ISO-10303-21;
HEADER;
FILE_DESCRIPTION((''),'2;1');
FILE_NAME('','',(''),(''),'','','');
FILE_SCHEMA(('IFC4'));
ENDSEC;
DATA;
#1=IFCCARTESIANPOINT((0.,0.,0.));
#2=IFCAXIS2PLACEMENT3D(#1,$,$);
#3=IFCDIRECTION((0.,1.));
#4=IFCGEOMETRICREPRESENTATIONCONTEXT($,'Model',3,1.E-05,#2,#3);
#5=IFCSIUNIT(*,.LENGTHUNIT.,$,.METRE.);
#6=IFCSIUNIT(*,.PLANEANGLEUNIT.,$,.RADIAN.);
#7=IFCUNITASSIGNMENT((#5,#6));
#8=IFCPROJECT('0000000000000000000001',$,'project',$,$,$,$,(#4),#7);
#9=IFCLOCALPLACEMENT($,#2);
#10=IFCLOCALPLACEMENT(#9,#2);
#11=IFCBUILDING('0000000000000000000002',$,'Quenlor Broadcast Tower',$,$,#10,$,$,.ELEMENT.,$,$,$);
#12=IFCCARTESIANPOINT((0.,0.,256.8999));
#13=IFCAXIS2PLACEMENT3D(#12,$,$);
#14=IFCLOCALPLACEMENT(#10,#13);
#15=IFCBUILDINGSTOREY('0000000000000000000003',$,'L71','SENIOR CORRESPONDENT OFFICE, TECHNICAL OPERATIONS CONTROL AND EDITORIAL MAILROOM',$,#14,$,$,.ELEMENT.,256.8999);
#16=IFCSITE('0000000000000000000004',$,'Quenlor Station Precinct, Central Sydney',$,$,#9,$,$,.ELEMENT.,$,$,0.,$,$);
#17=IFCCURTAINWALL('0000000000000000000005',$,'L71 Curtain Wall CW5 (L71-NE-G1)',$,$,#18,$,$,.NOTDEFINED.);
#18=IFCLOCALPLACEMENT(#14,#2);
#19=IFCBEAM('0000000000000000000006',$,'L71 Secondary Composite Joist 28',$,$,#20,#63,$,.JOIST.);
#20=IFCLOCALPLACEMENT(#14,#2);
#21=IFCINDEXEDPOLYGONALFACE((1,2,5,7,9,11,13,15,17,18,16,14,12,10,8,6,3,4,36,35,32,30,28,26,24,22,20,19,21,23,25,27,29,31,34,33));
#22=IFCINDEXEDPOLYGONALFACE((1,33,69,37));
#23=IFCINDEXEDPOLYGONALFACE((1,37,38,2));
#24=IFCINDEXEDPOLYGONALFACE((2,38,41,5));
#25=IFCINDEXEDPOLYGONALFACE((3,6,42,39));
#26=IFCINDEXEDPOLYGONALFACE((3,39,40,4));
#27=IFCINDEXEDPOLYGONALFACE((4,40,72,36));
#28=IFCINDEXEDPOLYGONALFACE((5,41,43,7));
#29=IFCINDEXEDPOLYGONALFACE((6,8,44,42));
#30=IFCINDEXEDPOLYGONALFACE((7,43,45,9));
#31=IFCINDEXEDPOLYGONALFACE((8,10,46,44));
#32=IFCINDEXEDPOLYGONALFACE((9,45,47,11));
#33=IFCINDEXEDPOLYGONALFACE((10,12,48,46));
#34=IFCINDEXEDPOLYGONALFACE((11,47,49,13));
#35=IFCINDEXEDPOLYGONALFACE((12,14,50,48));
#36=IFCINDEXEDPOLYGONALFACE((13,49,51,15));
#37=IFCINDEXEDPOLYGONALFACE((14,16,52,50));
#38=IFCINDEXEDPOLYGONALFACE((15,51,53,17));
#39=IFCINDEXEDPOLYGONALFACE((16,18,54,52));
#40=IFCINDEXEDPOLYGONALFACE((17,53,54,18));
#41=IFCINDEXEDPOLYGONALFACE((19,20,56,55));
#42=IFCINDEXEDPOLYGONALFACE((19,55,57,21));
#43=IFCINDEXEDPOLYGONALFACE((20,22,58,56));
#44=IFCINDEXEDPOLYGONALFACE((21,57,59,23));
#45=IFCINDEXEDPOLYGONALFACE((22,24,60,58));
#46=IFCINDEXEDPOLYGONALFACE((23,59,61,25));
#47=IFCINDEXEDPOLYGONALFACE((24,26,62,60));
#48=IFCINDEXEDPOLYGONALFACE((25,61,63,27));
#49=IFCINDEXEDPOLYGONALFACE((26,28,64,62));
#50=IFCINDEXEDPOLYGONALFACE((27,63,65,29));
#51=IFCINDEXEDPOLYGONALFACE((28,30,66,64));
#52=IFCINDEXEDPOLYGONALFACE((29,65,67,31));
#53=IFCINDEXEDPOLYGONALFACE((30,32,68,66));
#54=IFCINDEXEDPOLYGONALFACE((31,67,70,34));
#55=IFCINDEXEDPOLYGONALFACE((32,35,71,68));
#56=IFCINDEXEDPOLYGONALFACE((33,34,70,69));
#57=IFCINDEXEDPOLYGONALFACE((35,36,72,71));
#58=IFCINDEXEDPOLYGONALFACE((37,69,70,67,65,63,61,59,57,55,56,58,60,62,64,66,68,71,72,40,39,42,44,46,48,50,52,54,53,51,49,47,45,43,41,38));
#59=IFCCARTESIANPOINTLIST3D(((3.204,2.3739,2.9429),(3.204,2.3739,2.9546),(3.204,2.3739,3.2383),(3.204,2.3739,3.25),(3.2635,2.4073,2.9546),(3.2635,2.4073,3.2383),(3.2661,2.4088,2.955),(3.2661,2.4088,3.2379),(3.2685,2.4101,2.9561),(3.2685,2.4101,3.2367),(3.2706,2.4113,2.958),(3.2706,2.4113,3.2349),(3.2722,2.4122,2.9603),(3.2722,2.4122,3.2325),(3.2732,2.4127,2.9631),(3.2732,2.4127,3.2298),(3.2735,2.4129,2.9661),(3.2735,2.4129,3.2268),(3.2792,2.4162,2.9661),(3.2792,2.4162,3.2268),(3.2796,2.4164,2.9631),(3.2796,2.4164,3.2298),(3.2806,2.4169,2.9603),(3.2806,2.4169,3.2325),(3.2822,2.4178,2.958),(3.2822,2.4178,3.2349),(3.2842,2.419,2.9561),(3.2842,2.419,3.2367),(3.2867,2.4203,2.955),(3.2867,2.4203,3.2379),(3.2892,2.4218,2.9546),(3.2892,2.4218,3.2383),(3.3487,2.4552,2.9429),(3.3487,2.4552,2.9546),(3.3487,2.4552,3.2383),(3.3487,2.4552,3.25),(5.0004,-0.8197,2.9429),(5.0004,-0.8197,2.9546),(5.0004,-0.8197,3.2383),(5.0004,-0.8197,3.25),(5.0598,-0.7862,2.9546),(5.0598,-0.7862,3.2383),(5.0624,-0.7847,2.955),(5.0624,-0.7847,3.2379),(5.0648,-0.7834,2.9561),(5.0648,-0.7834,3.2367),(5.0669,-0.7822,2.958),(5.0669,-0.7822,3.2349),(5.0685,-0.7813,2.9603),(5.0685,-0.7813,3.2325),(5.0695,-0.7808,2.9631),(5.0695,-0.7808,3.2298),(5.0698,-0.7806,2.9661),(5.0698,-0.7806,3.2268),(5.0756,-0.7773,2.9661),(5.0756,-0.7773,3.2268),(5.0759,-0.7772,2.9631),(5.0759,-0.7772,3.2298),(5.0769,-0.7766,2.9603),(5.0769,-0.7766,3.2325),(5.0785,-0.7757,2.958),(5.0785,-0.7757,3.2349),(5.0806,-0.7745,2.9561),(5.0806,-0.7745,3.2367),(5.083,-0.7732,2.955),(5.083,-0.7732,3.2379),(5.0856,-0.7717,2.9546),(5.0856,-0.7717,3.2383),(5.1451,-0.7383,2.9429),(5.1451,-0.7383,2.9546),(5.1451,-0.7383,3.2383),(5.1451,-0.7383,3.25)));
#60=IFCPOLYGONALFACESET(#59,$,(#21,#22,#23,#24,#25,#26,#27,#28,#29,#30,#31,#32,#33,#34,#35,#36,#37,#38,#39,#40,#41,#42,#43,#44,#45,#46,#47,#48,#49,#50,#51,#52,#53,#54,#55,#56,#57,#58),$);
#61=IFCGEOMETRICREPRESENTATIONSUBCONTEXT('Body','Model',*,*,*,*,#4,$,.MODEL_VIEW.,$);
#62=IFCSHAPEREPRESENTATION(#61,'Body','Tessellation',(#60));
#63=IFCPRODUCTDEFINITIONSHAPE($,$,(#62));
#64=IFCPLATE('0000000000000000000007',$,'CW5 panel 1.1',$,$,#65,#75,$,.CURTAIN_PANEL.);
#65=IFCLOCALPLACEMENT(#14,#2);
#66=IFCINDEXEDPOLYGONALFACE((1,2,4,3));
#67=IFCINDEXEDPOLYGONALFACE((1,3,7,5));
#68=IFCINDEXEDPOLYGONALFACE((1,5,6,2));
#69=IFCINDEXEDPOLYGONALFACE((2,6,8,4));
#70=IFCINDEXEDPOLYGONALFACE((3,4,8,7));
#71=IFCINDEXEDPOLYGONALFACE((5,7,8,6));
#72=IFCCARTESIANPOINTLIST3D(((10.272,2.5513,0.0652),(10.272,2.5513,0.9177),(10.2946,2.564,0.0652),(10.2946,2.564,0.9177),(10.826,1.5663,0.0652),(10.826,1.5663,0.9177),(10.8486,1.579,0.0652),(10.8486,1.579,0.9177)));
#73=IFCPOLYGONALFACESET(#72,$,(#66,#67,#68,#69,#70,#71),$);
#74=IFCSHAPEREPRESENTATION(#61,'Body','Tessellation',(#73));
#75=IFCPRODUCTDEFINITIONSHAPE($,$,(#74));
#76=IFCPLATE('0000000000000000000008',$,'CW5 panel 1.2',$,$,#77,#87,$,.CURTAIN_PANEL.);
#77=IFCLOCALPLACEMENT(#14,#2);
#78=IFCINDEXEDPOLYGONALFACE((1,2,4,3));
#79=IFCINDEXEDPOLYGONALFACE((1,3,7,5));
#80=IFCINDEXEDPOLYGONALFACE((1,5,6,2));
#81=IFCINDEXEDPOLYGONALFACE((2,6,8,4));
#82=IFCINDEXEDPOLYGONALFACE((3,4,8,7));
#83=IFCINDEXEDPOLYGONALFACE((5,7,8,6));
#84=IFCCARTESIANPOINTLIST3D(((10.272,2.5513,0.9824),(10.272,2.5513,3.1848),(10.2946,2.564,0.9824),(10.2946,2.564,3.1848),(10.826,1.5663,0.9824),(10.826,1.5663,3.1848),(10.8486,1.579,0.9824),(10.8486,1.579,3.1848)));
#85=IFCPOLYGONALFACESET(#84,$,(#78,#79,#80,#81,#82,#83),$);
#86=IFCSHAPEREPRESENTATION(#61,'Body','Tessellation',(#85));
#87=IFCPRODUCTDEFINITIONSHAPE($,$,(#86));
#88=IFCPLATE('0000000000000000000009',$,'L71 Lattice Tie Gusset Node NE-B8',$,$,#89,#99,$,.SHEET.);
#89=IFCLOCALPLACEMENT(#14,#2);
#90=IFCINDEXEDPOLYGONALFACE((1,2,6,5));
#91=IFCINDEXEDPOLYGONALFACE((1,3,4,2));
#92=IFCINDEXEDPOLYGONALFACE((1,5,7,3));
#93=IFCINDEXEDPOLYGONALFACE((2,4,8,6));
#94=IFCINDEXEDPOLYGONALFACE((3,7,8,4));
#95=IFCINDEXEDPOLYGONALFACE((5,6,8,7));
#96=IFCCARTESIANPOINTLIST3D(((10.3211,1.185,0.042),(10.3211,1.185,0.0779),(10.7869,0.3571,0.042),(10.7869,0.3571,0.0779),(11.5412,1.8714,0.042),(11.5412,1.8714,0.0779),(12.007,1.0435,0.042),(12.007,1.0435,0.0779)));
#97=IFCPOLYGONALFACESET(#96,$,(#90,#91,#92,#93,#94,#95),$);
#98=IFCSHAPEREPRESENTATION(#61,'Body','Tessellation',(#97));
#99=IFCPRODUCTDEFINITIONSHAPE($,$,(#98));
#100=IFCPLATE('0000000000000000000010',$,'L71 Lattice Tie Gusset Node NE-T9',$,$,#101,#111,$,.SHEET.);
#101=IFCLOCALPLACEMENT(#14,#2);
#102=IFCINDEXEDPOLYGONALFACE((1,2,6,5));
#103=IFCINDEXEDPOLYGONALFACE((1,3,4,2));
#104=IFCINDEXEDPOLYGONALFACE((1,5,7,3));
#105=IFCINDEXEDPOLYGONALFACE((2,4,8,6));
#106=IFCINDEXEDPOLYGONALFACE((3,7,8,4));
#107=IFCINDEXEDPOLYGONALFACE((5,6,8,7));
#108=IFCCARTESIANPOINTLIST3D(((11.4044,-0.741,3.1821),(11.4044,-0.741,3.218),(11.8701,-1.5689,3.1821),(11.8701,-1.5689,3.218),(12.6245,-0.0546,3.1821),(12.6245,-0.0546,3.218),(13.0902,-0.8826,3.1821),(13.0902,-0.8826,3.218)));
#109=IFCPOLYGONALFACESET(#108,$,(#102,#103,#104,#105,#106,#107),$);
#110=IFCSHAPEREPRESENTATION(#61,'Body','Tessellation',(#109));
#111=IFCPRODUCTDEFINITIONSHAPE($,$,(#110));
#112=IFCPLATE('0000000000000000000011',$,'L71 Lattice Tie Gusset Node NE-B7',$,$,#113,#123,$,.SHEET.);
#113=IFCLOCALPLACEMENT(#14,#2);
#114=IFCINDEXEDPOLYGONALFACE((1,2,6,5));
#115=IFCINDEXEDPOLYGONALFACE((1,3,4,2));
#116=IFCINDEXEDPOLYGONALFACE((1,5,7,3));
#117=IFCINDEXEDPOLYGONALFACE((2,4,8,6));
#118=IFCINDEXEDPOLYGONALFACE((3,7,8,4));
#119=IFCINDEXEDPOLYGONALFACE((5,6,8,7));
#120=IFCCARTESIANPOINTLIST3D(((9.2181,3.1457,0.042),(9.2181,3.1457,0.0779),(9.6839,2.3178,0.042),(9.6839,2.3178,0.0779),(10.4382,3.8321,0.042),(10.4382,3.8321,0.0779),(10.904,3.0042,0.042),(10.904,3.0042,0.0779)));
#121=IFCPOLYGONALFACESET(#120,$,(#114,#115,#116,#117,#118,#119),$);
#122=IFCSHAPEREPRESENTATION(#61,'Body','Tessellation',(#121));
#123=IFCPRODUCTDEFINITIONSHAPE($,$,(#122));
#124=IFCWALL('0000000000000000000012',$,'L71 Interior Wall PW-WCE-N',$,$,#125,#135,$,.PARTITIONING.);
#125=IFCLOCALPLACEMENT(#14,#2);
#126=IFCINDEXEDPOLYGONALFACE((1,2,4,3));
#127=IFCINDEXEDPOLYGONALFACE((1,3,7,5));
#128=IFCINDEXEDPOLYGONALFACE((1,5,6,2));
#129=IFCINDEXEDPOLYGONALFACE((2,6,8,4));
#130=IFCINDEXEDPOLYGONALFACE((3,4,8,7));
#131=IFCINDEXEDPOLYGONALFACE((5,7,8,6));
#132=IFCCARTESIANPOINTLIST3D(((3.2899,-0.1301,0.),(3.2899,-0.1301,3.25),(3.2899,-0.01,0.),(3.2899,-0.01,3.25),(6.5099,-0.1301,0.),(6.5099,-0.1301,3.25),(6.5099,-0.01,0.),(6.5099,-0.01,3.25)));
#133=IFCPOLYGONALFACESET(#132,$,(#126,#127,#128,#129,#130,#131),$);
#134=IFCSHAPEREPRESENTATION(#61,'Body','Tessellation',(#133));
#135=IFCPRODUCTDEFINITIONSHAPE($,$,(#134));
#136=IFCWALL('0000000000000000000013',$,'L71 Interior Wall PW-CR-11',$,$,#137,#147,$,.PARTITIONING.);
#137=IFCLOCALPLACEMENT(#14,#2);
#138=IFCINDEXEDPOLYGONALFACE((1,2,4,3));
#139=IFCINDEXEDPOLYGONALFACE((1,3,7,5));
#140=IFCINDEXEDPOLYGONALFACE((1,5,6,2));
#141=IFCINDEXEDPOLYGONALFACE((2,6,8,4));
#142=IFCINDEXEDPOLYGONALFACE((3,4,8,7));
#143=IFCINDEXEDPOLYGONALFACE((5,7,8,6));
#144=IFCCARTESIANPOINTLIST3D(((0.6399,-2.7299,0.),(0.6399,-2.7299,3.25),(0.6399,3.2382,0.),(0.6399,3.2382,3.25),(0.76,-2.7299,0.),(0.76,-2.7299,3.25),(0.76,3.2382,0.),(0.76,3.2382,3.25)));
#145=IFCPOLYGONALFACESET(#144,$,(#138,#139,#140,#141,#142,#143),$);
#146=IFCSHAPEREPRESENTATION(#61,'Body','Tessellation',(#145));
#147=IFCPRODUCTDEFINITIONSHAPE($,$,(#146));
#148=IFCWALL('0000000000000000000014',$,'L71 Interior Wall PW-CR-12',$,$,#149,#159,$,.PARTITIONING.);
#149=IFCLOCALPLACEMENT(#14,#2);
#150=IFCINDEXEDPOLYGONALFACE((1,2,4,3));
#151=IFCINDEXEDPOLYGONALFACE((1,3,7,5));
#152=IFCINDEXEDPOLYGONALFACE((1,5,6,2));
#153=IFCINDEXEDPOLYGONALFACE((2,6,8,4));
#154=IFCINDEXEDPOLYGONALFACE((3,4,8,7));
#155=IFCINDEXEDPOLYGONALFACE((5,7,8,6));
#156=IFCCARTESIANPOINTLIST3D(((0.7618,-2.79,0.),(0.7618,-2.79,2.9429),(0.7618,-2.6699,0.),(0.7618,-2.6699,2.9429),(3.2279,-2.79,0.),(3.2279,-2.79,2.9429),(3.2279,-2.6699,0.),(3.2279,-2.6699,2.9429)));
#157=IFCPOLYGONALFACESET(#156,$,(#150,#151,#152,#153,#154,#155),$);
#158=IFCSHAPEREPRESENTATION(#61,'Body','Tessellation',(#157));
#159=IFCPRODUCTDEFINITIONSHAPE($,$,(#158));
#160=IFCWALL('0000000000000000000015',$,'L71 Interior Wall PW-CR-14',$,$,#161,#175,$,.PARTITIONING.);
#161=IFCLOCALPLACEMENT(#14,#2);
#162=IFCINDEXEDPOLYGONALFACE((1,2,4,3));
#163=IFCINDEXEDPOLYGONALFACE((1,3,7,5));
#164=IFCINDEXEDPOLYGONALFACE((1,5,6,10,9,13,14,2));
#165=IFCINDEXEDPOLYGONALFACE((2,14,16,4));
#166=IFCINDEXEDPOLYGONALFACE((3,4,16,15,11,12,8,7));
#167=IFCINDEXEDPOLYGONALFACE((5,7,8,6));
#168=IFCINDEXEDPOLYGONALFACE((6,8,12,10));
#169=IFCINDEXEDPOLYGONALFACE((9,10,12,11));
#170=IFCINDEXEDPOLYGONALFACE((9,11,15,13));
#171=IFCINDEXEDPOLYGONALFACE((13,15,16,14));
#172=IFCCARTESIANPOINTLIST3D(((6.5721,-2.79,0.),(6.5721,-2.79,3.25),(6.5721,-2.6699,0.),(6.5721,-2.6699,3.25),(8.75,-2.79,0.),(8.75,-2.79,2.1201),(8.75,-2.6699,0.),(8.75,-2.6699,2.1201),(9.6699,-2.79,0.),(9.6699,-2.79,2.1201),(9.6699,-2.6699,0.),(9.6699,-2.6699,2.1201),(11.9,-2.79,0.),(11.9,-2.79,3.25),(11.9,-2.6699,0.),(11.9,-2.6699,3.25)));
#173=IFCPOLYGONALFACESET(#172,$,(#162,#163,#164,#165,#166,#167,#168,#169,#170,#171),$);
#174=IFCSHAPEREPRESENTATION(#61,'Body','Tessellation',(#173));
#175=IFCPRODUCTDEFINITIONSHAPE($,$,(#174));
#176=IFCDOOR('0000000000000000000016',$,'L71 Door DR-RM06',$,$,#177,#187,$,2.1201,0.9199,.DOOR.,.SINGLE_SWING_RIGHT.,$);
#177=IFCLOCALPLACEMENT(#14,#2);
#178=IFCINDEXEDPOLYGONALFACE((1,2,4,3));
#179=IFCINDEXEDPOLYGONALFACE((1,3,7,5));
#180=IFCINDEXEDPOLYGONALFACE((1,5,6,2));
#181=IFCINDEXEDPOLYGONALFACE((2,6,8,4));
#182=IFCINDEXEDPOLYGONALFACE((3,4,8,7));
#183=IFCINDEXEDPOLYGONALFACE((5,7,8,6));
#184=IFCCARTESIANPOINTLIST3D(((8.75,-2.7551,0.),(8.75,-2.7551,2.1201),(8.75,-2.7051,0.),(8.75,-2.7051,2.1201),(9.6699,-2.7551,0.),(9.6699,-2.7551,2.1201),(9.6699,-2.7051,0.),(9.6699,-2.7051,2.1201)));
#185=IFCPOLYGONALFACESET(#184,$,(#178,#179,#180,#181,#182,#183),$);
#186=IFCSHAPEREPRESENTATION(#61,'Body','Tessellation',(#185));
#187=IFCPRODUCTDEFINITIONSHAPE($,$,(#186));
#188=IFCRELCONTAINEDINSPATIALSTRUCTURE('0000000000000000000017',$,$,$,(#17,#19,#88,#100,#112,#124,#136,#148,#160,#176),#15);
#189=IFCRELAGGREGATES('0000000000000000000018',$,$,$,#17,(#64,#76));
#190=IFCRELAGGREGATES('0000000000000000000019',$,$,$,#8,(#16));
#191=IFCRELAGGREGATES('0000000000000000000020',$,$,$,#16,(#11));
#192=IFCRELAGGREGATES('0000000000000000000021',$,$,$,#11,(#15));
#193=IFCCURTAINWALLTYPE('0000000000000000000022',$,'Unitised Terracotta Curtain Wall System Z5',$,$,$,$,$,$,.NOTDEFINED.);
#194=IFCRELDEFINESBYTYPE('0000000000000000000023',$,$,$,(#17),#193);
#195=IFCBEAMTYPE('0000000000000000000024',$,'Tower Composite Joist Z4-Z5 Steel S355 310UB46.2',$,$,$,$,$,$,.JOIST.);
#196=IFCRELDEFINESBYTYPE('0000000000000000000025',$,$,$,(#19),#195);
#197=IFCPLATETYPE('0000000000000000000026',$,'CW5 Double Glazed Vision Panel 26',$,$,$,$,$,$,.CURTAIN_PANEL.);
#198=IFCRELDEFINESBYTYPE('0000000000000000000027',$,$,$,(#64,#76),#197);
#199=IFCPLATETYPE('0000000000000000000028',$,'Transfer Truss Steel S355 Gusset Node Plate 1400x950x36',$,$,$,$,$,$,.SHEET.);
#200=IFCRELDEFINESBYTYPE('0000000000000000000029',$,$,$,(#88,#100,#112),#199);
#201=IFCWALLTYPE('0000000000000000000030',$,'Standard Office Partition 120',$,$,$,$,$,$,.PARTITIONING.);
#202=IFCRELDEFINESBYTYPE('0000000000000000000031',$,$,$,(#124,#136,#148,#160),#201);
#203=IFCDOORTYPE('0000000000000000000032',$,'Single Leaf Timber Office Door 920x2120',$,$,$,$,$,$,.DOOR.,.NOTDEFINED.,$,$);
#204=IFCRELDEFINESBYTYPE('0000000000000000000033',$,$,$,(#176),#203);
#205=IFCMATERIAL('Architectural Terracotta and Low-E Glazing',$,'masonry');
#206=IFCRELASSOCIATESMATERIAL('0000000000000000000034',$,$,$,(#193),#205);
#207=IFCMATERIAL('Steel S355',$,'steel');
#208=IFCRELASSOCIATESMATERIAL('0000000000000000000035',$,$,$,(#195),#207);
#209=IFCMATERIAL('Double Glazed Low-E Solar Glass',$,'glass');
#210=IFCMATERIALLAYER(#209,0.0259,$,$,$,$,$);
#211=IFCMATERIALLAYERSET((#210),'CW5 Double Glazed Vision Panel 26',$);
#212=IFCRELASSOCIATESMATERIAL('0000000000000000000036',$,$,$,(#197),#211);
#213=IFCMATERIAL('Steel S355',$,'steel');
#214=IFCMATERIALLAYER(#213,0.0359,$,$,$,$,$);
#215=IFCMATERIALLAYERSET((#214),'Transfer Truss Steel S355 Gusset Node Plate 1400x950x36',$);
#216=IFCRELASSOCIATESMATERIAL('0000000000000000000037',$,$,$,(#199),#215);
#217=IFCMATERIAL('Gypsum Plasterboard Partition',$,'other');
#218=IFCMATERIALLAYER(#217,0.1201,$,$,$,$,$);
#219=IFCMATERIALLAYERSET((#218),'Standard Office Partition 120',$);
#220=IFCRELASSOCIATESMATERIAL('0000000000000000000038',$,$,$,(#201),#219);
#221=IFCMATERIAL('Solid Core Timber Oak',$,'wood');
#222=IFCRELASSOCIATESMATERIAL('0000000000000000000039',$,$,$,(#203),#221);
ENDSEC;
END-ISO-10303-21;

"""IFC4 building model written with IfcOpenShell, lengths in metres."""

from ifc_helpers import new_model, si_unit, direction, frame, frame_2d, origin, origin_2d, place, context, subcontext, project, spatial, rectangle, i_section, extrude, material, layer, layer_set, material_profile, profile_set, type_object, element, fill, aggregate, save


model = new_model("IFC4")

# Units and contexts
model_context = context("Model", 3, precision=1e-05, world=origin(), true_north=direction((0.0, 1.0)))
body_context = subcontext(model_context, "Body", "Model", "MODEL_VIEW")
ifc_project = project(units=[si_unit("LENGTHUNIT", "METRE"), si_unit("PLANEANGLEUNIT", "RADIAN")], contexts=[model_context])

# Site, building, storey
site_placement = place(None, origin())
site = spatial("IfcSite", under=ifc_project, at=site_placement, Name="Quenlor Station Precinct, Central Sydney", CompositionType="ELEMENT", RefElevation=0.0)
building_placement = place(site_placement, origin())
building = spatial("IfcBuilding", under=site, at=building_placement, Name="Quenlor Broadcast Tower", CompositionType="ELEMENT")
storey_placement = place(building_placement, frame((0.0, 0.0, 256.8999)))
storey = spatial("IfcBuildingStorey", under=building, at=storey_placement, Name="L71", Description="SENIOR CORRESPONDENT OFFICE, TECHNICAL OPERATIONS CONTROL AND EDITORIAL MAILROOM", CompositionType="ELEMENT", Elevation=256.8999)

# Curtain wall
ifc_material_1 = material(Name="Architectural Terracotta and Low-E Glazing", Category="masonry")
curtain_wall_type = type_object("IfcCurtainWallType", Name="Unitised Terracotta Curtain Wall System Z5", PredefinedType="NOTDEFINED", material=ifc_material_1)
curtain_wall_placement = place(storey_placement, origin())
curtain_wall = element("IfcCurtainWall", 1, at=curtain_wall_placement, inside=storey, type_object=curtain_wall_type, Name="L71 Curtain Wall CW5 (L71-NE-G1)", PredefinedType="NOTDEFINED")

# Beam
ifc_material_2 = material(Name="Steel S355", Category="steel")
ifc_material_profile_1 = material_profile(ifc_material_2, i_section(OverallWidth=0.166, OverallDepth=0.3071, WebThickness=0.0066, FlangeThickness=0.0117, FilletRadius=0.0115, at=origin_2d()))
ifc_profile_set_1 = profile_set([ifc_material_profile_1], Name="Steel S355 310UB46.2")
beam_type_1 = type_object("IfcBeamType", Name="Tower Composite Joist Z4-Z5 Steel S355 310UB46.2", PredefinedType="JOIST", material=ifc_profile_set_1)
beam_1_placement = place(storey_placement, frame((3.2764, 2.4146, 3.0964), z_axis=(0.490258, -0.871577, 0.0), x_axis=(0.871577, 0.490258, 0.0)))
element("IfcBeam", 2, at=beam_1_placement, inside=storey, type_object=beam_type_1, Name="L71 Secondary Composite Joist 28", PredefinedType="JOIST", context=body_context, shape_type="SweptSolid", body=[
    extrude(i_section(OverallWidth=0.166, OverallDepth=0.3071, WebThickness=0.0066, FlangeThickness=0.0117, FilletRadius=0.0115, at=origin_2d()), origin(), (0.0, 0.0, 1.0), 3.6641),
])

# Plates
ifc_material_3 = material(Name="Double Glazed Low-E Solar Glass", Category="glass")
ifc_layer_1 = layer(ifc_material_3, 0.0259)
ifc_layer_set_1 = layer_set([ifc_layer_1], Name="CW5 Double Glazed Vision Panel 26")
plate_type_1 = type_object("IfcPlateType", Name="CW5 Double Glazed Vision Panel 26", PredefinedType="CURTAIN_PANEL", material=ifc_layer_set_1)
plate_1_placement = place(storey_placement, frame((10.5603, 2.0652, 0.0652), z_axis=(0.0, 0.0, 1.0), x_axis=(0.490231, -0.871592, 0.0)))
plate_1 = element("IfcPlate", 3, at=plate_1_placement, type_object=plate_type_1, Name="CW5 panel 1.1", PredefinedType="CURTAIN_PANEL", context=body_context, shape_type="SweptSolid", body=[
    extrude(rectangle(XDim=1.1301, YDim=0.0259, at=origin_2d()), origin(), (0.0, 0.0, 1.0), 0.8525),
])
plate_2_placement = place(storey_placement, frame((10.5603, 2.0652, 0.9824), z_axis=(0.0, 0.0, 1.0), x_axis=(0.490231, -0.871592, 0.0)))
plate_2 = element("IfcPlate", 4, at=plate_2_placement, type_object=plate_type_1, Name="CW5 panel 1.2", PredefinedType="CURTAIN_PANEL", context=body_context, shape_type="SweptSolid", body=[
    extrude(rectangle(XDim=1.1301, YDim=0.0259, at=origin_2d()), origin(), (0.0, 0.0, 1.0), 2.2024),
])
aggregate(curtain_wall, [plate_1, plate_2])

# Plates
ifc_material_4 = material(Name="Steel S355", Category="steel")
ifc_layer_2 = layer(ifc_material_4, 0.0359)
ifc_layer_set_2 = layer_set([ifc_layer_2], Name="Transfer Truss Steel S355 Gusset Node Plate 1400x950x36")
plate_type_2 = type_object("IfcPlateType", Name="Transfer Truss Steel S355 Gusset Node Plate 1400x950x36", PredefinedType="SHEET", material=ifc_layer_set_2)
for number, where, z_axis, x_axis, name in (
    (5, (11.1641, 1.1143, 0.042), (0.0, 0.0, 1.0), (0.871556, 0.490295, 0.0), "L71 Lattice Tie Gusset Node NE-B8"),
    (6, (12.2473, -0.8118, 3.1821), (0.0, 0.0, 1.0), (0.871556, 0.490295, 0.0), "L71 Lattice Tie Gusset Node NE-T9"),
    (7, (10.061, 3.075, 0.042), (0.0, 0.0, 1.0), (0.871556, 0.490295, 0.0), "L71 Lattice Tie Gusset Node NE-B7"),
):
    element("IfcPlate", number, at=place(storey_placement, frame(where, z_axis=z_axis, x_axis=x_axis)), inside=storey, type_object=plate_type_2, Name=name, PredefinedType="SHEET", context=body_context, shape_type="SweptSolid", body=[
        extrude(rectangle(XDim=1.3999, YDim=0.95, at=origin_2d()), origin(), (0.0, 0.0, 1.0), 0.0359),
    ])

# Walls
ifc_material_5 = material(Name="Gypsum Plasterboard Partition", Category="other")
ifc_layer_3 = layer(ifc_material_5, 0.1201)
ifc_layer_set_3 = layer_set([ifc_layer_3], Name="Standard Office Partition 120")
wall_type_1 = type_object("IfcWallType", Name="Standard Office Partition 120", PredefinedType="PARTITIONING", material=ifc_layer_set_3)
wall_1_placement = place(storey_placement, frame((3.29, -0.0701, 0.0), z_axis=(0.0, 0.0, 1.0), x_axis=(1.0, 0.0, 0.0)))
element("IfcWall", 8, at=wall_1_placement, inside=storey, type_object=wall_type_1, Name="L71 Interior Wall PW-WCE-N", PredefinedType="PARTITIONING", context=body_context, shape_type="SweptSolid", body=[
    extrude(rectangle(XDim=3.22, YDim=0.1201, at=frame_2d((1.6099, 0.0))), origin(), (0.0, 0.0, 1.0), 3.25),
])
wall_2_placement = place(storey_placement, frame((0.7, 3.238, 0.0), z_axis=(0.0, 0.0, 1.0), x_axis=(0.0, -1.0, 0.0)))
element("IfcWall", 9, at=wall_2_placement, inside=storey, type_object=wall_type_1, Name="L71 Interior Wall PW-CR-11", PredefinedType="PARTITIONING", context=body_context, shape_type="SweptSolid", body=[
    extrude(rectangle(XDim=5.968, YDim=0.1201, at=frame_2d((2.9839, 0.0))), origin(), (0.0, 0.0, 1.0), 3.25),
])
wall_3_placement = place(storey_placement, frame((0.762, -2.73, 0.0), z_axis=(0.0, 0.0, 1.0), x_axis=(1.0, 0.0, 0.0)))
element("IfcWall", 10, at=wall_3_placement, inside=storey, type_object=wall_type_1, Name="L71 Interior Wall PW-CR-12", PredefinedType="PARTITIONING", context=body_context, shape_type="SweptSolid", body=[
    extrude(rectangle(XDim=2.4661, YDim=0.1201, at=frame_2d((1.2329, 0.0))), origin(), (0.0, 0.0, 1.0), 2.9429),
])

# Wall, opening, door
wall_4_placement = place(storey_placement, frame((6.572, -2.73, 0.0), z_axis=(0.0, 0.0, 1.0), x_axis=(1.0, 0.0, 0.0)))
wall_4 = element("IfcWall", 11, at=wall_4_placement, inside=storey, type_object=wall_type_1, Name="L71 Interior Wall PW-CR-14", PredefinedType="PARTITIONING", context=body_context, shape_type="SweptSolid", body=[
    extrude(rectangle(XDim=5.3279, YDim=0.1201, at=frame_2d((2.6641, 0.0))), origin(), (0.0, 0.0, 1.0), 3.25),
])
opening_placement = place(wall_4_placement, frame((2.178, 0.0, 0.0)))
opening = element("IfcOpeningElement", 12, at=opening_placement, cuts=wall_4, PredefinedType="OPENING", context=body_context, shape_type="SweptSolid", body=[
    extrude(rectangle(XDim=0.9199, YDim=2.1201, at=frame_2d((0.46, 1.0601))), frame((0.0, 0.0701, 0.0), z_axis=(0.0, -1.0, 0.0), x_axis=(1.0, 0.0, 0.0)), (0.0, 0.0, 1.0), 0.1401),
])
ifc_material_6 = material(Name="Solid Core Timber Oak", Category="wood")
door_type = type_object("IfcDoorType", Name="Single Leaf Timber Office Door 920x2120", OperationType="NOTDEFINED", PredefinedType="DOOR", material=ifc_material_6)
door_placement = place(opening_placement, origin())
door = element("IfcDoor", 13, at=door_placement, inside=storey, type_object=door_type, Name="L71 Door DR-RM06", OperationType="SINGLE_SWING_RIGHT", OverallHeight=2.1201, OverallWidth=0.9199, PredefinedType="DOOR", context=body_context, shape_type="SweptSolid", body=[
    extrude(rectangle(XDim=0.9199, YDim=2.1201, at=frame_2d((0.46, 1.0601))), frame((0.0, 0.0249, 0.0), z_axis=(0.0, -1.0, 0.0), x_axis=(1.0, 0.0, 0.0)), (0.0, 0.0, 1.0), 0.05),
])
fill(opening, door)

save(model, "model.ifc")
